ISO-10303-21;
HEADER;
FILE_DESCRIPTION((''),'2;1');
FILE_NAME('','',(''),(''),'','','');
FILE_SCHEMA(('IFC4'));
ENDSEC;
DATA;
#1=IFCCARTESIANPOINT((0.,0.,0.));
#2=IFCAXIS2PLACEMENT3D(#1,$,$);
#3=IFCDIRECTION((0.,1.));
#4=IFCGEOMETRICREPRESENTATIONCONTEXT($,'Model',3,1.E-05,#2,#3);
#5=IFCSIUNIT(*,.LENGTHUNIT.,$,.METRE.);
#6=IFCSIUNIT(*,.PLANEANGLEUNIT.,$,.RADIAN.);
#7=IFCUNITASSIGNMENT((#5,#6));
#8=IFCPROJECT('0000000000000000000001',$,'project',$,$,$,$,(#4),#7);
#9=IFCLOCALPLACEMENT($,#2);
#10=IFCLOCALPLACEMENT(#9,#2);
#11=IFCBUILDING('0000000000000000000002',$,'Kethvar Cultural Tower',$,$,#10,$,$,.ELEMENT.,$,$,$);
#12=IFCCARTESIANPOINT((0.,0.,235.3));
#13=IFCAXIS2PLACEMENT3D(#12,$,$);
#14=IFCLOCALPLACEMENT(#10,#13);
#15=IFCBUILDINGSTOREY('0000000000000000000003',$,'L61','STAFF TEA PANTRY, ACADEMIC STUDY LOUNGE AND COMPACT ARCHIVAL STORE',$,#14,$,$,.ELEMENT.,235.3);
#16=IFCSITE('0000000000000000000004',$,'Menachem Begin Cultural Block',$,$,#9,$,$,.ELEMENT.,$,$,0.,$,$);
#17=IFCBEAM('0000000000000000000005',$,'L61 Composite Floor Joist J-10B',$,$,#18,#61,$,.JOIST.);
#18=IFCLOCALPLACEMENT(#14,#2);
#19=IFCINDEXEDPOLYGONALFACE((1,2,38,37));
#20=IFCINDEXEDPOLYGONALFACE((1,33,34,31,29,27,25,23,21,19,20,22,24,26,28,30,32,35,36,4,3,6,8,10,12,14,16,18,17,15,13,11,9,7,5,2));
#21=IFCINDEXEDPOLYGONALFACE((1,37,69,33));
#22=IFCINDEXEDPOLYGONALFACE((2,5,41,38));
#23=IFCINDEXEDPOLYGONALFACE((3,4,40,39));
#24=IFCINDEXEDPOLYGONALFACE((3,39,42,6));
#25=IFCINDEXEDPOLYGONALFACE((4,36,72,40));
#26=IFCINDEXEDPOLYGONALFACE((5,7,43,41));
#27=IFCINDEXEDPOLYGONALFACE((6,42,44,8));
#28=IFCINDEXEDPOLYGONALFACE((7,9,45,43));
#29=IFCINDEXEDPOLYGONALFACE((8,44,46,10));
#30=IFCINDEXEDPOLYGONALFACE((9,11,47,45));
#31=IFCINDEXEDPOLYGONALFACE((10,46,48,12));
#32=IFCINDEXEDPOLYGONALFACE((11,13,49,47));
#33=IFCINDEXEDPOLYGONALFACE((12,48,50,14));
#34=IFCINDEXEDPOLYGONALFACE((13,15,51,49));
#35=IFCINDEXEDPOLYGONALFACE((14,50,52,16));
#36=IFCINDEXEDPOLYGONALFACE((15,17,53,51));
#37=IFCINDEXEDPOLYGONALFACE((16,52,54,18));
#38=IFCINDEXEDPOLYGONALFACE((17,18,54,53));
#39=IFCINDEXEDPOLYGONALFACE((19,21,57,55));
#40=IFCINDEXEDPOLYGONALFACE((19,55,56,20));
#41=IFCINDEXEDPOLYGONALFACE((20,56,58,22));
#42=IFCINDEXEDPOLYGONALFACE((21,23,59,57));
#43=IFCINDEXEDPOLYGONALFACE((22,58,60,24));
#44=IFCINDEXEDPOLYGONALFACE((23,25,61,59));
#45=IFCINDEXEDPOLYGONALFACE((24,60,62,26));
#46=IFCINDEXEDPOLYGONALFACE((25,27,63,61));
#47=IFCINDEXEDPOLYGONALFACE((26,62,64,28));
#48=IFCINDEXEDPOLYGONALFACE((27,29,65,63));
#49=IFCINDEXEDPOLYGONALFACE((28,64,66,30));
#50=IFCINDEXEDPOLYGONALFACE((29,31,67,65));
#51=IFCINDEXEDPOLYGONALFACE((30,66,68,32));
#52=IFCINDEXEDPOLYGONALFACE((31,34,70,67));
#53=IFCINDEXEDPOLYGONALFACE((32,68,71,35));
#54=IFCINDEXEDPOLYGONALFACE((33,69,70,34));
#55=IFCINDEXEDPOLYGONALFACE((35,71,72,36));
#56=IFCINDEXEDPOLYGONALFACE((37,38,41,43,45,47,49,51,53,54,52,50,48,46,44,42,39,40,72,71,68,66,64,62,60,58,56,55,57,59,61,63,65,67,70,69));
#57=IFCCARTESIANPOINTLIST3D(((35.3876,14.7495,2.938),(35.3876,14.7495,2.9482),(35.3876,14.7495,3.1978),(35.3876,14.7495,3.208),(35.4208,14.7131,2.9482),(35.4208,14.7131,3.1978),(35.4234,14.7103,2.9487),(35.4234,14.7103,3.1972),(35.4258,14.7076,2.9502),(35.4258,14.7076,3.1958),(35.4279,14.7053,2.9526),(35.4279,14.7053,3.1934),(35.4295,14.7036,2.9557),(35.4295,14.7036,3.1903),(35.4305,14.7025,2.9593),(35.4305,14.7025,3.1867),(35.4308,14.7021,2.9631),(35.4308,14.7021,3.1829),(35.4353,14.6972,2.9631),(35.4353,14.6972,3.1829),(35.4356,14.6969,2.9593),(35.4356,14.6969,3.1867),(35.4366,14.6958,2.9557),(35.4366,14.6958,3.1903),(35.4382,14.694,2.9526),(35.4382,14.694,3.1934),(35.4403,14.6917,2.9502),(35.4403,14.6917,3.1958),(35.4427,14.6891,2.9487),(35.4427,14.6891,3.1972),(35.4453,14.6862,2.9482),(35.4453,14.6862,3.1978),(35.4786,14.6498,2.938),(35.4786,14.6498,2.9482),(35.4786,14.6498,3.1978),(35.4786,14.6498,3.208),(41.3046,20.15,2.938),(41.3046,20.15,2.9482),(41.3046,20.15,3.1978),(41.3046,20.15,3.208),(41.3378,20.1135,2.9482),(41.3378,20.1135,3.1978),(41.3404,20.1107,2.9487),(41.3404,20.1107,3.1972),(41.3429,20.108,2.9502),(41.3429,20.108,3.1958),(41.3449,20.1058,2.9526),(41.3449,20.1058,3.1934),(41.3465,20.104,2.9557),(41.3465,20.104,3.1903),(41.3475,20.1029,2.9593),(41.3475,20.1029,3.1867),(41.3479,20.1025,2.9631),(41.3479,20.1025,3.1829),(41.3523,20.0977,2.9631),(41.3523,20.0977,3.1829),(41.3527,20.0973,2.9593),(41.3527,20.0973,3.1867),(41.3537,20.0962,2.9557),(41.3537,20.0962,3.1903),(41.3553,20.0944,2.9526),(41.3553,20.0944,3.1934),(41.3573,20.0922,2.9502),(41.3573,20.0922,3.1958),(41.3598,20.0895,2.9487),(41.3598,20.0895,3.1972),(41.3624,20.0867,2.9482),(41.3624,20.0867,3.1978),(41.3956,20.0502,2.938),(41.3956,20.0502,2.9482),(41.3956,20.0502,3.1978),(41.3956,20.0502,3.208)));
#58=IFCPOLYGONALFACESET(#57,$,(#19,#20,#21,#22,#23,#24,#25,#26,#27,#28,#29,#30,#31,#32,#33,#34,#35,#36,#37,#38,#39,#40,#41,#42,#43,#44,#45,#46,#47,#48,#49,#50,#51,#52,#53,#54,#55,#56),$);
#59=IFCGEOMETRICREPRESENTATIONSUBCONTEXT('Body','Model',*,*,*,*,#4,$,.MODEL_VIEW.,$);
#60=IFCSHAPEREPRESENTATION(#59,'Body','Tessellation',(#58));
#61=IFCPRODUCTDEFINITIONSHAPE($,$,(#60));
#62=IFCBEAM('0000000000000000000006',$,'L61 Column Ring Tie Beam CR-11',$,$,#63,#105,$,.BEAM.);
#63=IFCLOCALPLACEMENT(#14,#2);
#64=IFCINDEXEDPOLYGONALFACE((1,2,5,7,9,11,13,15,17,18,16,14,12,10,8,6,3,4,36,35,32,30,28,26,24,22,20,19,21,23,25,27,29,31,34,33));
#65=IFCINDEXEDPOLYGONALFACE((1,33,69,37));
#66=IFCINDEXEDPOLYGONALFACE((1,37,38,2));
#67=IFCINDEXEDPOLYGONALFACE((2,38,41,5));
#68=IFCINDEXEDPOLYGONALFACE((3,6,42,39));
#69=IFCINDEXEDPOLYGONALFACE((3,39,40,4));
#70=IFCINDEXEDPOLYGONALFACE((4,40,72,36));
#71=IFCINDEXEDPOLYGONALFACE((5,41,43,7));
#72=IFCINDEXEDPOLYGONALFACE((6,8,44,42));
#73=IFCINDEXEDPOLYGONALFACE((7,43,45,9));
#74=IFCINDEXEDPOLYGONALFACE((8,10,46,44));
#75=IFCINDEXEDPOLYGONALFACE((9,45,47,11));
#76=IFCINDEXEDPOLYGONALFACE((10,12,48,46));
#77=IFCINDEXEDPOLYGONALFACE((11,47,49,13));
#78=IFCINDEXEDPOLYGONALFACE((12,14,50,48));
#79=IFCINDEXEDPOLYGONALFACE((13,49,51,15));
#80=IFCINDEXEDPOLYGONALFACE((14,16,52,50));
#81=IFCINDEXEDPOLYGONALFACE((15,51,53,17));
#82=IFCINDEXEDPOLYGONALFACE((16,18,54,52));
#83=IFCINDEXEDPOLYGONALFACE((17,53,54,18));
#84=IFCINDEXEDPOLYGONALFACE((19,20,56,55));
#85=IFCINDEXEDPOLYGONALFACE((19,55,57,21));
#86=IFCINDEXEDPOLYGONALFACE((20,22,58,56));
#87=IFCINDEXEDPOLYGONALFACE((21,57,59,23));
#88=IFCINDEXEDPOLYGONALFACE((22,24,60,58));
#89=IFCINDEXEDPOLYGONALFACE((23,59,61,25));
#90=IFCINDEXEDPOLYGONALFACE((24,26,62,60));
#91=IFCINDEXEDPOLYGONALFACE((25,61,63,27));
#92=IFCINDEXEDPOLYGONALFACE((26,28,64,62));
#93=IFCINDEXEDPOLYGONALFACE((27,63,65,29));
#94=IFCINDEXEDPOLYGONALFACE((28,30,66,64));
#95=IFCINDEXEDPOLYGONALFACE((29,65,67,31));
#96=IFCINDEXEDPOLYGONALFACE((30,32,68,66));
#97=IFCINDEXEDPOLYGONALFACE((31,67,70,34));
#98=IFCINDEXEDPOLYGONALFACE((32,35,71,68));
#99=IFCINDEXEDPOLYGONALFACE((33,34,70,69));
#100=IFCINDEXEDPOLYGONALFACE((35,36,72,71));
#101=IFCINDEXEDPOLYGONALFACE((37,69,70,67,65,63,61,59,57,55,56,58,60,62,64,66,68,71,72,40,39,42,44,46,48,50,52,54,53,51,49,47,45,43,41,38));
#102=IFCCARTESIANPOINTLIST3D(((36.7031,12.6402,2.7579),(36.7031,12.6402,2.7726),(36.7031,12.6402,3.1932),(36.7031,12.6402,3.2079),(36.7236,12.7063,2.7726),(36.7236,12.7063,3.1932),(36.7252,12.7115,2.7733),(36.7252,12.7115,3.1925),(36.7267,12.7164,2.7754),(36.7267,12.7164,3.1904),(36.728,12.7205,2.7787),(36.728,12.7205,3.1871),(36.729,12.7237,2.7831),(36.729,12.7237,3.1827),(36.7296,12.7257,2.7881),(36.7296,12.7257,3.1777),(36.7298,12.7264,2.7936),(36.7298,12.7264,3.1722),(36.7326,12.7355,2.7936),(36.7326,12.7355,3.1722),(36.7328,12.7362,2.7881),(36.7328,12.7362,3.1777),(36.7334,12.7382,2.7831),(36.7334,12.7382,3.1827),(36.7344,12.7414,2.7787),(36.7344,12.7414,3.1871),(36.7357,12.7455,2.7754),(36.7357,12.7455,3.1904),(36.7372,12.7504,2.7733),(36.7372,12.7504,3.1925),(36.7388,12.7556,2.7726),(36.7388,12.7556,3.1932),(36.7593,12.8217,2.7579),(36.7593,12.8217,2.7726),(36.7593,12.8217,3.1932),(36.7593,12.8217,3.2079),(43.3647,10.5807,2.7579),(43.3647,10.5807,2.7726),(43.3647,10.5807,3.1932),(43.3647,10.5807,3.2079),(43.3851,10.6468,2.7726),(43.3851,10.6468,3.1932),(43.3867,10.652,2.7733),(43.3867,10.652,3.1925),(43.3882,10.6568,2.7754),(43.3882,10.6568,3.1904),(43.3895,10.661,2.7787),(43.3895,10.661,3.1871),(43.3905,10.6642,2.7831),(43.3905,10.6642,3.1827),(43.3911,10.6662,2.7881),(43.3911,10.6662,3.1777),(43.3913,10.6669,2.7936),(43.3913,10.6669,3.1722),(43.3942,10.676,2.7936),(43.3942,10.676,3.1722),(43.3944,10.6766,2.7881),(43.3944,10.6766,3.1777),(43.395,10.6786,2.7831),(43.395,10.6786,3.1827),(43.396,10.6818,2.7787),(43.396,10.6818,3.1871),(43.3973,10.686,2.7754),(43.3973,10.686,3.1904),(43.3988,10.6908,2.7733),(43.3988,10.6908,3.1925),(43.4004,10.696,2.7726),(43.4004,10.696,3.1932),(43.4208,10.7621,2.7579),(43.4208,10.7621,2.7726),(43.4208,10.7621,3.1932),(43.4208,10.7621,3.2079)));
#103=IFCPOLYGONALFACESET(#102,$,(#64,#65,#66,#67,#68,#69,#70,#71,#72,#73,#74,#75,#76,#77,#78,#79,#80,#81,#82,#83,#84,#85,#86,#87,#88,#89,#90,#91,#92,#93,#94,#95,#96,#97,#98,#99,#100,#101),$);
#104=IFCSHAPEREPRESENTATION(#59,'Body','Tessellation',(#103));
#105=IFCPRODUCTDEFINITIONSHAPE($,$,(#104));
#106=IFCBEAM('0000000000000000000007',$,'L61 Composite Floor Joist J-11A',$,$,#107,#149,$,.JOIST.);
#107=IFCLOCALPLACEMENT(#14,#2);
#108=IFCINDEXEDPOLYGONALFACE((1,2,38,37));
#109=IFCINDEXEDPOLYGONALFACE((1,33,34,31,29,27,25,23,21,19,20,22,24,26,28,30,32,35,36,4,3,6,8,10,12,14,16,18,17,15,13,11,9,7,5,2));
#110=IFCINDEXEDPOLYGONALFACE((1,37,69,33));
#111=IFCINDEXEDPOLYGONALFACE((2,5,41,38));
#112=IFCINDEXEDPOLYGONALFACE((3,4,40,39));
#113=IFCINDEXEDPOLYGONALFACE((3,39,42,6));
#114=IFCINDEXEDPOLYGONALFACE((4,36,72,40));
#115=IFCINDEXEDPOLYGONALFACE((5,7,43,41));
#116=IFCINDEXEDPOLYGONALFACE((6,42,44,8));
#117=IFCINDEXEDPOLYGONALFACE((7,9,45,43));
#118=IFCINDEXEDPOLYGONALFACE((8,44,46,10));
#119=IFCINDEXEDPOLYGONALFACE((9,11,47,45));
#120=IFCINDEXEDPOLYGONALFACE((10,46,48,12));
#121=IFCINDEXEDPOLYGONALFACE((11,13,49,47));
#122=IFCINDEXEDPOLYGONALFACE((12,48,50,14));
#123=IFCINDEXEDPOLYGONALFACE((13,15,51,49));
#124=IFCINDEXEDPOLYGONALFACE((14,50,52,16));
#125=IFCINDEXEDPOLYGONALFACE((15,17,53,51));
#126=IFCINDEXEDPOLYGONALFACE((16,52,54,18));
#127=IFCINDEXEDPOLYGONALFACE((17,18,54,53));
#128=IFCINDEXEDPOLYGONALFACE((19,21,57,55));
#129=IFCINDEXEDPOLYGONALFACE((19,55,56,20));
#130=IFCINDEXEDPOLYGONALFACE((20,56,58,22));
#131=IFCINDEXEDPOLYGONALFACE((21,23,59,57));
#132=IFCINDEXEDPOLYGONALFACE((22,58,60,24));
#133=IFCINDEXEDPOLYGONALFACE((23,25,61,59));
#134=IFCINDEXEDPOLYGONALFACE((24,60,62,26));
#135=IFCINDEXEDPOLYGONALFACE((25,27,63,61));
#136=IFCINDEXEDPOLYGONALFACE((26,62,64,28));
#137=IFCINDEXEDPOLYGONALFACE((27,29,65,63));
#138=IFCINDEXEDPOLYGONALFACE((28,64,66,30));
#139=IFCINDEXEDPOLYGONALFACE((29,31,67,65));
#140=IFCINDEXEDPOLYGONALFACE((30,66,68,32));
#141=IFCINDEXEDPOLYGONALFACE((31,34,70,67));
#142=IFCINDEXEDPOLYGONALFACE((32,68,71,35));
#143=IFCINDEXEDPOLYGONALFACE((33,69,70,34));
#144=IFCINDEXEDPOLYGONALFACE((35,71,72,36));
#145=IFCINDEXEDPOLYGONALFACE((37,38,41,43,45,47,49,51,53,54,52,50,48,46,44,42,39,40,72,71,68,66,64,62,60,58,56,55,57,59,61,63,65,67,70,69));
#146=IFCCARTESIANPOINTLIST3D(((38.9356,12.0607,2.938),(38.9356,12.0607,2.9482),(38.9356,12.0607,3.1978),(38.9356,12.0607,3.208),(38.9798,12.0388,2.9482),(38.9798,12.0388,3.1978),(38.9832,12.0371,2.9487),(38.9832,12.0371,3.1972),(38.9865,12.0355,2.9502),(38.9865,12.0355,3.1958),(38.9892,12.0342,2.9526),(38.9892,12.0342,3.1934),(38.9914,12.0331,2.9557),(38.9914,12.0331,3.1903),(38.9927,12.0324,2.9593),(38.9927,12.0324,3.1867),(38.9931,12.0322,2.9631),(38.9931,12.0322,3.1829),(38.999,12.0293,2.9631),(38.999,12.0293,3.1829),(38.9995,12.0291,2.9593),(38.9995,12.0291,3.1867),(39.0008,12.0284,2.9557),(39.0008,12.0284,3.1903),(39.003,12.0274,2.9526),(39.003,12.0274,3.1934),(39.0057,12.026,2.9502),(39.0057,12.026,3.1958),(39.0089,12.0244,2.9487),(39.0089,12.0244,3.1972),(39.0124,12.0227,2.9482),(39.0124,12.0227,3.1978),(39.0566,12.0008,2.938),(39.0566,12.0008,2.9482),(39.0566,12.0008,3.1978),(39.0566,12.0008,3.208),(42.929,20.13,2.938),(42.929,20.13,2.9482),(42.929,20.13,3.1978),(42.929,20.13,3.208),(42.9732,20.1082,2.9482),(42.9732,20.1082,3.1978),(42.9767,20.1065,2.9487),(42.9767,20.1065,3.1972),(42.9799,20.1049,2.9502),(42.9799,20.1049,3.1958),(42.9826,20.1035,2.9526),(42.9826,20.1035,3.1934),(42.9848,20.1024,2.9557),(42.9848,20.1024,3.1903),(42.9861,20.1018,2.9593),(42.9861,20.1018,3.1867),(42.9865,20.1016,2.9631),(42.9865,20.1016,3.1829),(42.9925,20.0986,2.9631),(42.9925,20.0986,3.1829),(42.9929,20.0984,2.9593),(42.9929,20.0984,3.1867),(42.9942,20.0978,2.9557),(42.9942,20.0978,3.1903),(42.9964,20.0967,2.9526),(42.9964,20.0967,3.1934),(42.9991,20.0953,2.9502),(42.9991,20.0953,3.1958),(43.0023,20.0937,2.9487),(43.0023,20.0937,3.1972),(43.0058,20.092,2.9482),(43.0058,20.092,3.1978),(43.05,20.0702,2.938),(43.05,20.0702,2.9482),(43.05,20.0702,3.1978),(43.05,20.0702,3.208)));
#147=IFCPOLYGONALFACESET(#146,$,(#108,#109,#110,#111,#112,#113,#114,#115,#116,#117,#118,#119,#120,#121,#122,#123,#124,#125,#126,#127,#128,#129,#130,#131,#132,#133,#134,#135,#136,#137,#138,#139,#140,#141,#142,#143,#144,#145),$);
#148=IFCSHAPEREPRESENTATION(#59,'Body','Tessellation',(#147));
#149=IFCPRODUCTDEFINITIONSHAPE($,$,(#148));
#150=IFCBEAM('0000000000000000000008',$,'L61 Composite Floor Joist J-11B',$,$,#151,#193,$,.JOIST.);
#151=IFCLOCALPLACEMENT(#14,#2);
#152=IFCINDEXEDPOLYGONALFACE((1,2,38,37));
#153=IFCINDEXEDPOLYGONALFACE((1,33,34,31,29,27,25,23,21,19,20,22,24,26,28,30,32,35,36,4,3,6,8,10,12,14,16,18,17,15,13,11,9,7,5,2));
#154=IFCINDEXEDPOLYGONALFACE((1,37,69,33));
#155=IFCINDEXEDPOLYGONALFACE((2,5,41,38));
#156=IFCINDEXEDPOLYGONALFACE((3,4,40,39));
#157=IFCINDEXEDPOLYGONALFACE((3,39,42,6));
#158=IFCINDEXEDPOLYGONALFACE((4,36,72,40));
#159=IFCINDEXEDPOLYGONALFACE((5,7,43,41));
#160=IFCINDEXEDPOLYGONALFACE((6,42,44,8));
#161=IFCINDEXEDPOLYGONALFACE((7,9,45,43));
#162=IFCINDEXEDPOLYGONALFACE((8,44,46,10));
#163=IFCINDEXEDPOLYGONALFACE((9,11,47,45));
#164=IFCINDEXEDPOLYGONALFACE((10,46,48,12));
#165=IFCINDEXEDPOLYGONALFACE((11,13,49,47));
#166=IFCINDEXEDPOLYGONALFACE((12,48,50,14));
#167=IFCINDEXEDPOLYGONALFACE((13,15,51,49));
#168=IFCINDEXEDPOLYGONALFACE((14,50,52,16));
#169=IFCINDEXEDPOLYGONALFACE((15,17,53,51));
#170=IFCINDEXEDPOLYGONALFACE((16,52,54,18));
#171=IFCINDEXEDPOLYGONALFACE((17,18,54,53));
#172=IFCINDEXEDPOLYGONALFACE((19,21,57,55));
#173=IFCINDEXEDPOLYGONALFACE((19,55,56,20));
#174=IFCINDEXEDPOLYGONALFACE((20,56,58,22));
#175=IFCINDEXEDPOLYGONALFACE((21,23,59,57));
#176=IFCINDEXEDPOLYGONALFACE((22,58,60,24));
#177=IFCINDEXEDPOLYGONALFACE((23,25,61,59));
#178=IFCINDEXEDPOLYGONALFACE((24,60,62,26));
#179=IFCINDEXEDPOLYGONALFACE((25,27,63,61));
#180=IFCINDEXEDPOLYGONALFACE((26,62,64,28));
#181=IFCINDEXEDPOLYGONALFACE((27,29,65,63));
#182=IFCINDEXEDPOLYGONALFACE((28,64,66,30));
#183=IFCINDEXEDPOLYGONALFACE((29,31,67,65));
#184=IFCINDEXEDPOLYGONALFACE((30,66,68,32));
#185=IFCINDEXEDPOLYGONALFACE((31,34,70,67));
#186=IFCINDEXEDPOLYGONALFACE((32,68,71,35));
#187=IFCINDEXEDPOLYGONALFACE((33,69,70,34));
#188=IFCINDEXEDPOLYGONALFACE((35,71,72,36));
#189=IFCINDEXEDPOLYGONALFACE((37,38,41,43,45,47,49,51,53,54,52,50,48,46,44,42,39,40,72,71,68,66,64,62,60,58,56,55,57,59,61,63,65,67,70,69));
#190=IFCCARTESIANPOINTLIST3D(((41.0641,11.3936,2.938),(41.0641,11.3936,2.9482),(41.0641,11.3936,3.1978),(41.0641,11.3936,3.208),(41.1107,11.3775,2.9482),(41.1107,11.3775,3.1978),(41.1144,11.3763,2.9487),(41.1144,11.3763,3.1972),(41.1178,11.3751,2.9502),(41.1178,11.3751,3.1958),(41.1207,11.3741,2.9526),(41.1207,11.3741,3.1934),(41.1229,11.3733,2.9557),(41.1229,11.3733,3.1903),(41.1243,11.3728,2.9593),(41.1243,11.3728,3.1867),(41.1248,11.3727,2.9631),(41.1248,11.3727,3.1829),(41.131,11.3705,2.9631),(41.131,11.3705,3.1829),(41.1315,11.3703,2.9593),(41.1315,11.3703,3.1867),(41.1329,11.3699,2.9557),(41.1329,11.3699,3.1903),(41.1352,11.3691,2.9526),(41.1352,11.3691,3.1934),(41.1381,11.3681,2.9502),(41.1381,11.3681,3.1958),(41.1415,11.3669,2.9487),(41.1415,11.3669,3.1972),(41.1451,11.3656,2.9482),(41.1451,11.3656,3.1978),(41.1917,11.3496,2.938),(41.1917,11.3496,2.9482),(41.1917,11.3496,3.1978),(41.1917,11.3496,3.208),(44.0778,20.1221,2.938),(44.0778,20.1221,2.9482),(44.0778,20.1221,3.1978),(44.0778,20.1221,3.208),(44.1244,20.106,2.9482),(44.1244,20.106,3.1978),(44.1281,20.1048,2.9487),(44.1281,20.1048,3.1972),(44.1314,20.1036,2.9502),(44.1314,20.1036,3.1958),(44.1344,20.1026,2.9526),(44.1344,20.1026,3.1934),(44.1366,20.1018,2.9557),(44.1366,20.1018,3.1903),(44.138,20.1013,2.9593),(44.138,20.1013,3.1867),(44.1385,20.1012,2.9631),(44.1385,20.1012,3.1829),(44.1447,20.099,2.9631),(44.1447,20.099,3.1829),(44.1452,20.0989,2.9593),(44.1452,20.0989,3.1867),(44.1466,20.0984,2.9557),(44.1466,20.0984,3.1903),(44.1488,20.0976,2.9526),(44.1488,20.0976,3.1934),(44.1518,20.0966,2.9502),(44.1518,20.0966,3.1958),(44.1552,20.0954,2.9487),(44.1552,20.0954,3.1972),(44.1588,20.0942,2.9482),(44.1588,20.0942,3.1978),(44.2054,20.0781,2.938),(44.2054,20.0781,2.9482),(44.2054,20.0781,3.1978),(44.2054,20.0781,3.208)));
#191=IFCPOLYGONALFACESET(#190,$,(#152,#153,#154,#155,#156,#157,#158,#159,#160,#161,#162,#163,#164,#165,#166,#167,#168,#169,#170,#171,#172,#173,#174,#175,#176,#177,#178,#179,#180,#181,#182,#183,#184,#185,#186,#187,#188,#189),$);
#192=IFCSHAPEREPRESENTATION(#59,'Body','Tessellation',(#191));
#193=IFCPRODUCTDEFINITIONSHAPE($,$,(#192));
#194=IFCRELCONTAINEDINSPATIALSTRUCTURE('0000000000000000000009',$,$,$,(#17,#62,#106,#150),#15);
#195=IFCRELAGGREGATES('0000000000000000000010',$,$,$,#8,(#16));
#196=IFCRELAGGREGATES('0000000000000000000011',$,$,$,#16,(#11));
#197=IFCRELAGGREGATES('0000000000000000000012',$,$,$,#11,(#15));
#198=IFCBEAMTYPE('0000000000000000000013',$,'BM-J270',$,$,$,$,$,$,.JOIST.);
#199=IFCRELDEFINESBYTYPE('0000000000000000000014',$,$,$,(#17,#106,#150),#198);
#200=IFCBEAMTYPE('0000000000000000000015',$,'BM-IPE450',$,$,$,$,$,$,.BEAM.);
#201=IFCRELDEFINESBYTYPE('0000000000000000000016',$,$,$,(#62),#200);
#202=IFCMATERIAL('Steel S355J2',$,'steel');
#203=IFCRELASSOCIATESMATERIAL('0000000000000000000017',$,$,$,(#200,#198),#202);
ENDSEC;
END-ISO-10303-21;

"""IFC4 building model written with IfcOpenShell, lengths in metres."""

from ifc_helpers import new_model, si_unit, direction, frame, origin, origin_2d, place, context, subcontext, project, spatial, i_section, extrude, source, transform, mapped, material, material_profile, profile_set, type_object, element, save


model = new_model("IFC4")

# Units and contexts
model_context = context("Model", 3, precision=1e-05, world=origin(), true_north=direction((0.0, 1.0)))
body_context = subcontext(model_context, "Body", "Model", "MODEL_VIEW")
ifc_project = project(units=[si_unit("LENGTHUNIT", "METRE"), si_unit("PLANEANGLEUNIT", "RADIAN")], contexts=[model_context])

# Site, building, storey
site_placement = place(None, origin())
site = spatial("IfcSite", under=ifc_project, at=site_placement, Name="Menachem Begin Cultural Block", CompositionType="ELEMENT", RefElevation=0.0)
building_placement = place(site_placement, origin())
building = spatial("IfcBuilding", under=site, at=building_placement, Name="Kethvar Cultural Tower", CompositionType="ELEMENT")
storey_placement = place(building_placement, frame((0.0, 0.0, 235.3)))
storey = spatial("IfcBuildingStorey", under=building, at=storey_placement, Name="L61", Description="STAFF TEA PANTRY, ACADEMIC STUDY LOUNGE AND COMPACT ARCHIVAL STORE", CompositionType="ELEMENT", Elevation=235.3)

# Beams
ifc_material_1 = material(Name="Steel S355J2", Category="steel")
ifc_material_profile_1 = material_profile(ifc_material_1, i_section(OverallWidth=0.1899, OverallDepth=0.45, WebThickness=0.0095, FlangeThickness=0.0146, FilletRadius=0.021, at=origin_2d()), Name="Steel S355J2 — IPE450")
ifc_profile_set_1 = profile_set([ifc_material_profile_1], Name="Steel S355J2 — IPE450")
beam_type_1 = type_object("IfcBeamType", Name="BM-IPE450", PredefinedType="BEAM", material=ifc_profile_set_1)
ifc_material_profile_2 = material_profile(ifc_material_1, i_section(OverallWidth=0.135, OverallDepth=0.27, WebThickness=0.0066, FlangeThickness=0.0103, FilletRadius=0.0149, at=origin_2d()), Name="Steel S355J2 — IPE270")
ifc_profile_set_2 = profile_set([ifc_material_profile_2], Name="Steel S355J2 — IPE270")
beam_type_2 = type_object("IfcBeamType", Name="BM-J270", PredefinedType="JOIST", material=ifc_profile_set_2)
shared_shape_1 = source(origin(), body_context, "Body", "SweptSolid", [
    extrude(i_section(OverallWidth=0.135, OverallDepth=0.27, WebThickness=0.0066, FlangeThickness=0.0103, FilletRadius=0.0149, at=origin_2d()), origin(), (0.0, 0.0, 1.0), 8.011),
])
beam_1_placement = place(storey_placement, frame((41.3501, 20.1001, 3.073), z_axis=(-0.738615, -0.674128, 0.0), x_axis=(0.674128, -0.738615, 0.0)))
element("IfcBeam", 1, at=beam_1_placement, inside=storey, type_object=beam_type_2, Name="L61 Composite Floor Joist J-10B", PredefinedType="JOIST", context=body_context, shape_type="MappedRepresentation", body=[
    mapped(shared_shape_1, transform((0.0, 0.0, 0.0), scale=1.0)),
])
shared_shape_2 = source(origin(), body_context, "Body", "SweptSolid", [
    extrude(i_section(OverallWidth=0.1899, OverallDepth=0.45, WebThickness=0.0095, FlangeThickness=0.0146, FilletRadius=0.021, at=origin_2d()), origin(), (0.0, 0.0, 1.0), 6.9727),
])
beam_2_placement = place(storey_placement, frame((36.7312, 12.731, 2.9829), z_axis=(0.955381, -0.295375, 0.0), x_axis=(0.295375, 0.955381, 0.0)))
element("IfcBeam", 2, at=beam_2_placement, inside=storey, type_object=beam_type_1, Name="L61 Column Ring Tie Beam CR-11", PredefinedType="BEAM", context=body_context, shape_type="MappedRepresentation", body=[
    mapped(shared_shape_2, transform((0.0, 0.0, 0.0), scale=1.0)),
])
shared_shape_3 = source(origin(), body_context, "Body", "SweptSolid", [
    extrude(i_section(OverallWidth=0.135, OverallDepth=0.27, WebThickness=0.0066, FlangeThickness=0.0103, FilletRadius=0.0149, at=origin_2d()), origin(), (0.0, 0.0, 1.0), 9.0034),
])
beam_3_placement = place(storey_placement, frame((42.9895, 20.1001, 3.073), z_axis=(-0.443544, -0.896253, 0.0), x_axis=(0.896253, -0.443544, 0.0)))
element("IfcBeam", 3, at=beam_3_placement, inside=storey, type_object=beam_type_2, Name="L61 Composite Floor Joist J-11A", PredefinedType="JOIST", context=body_context, shape_type="MappedRepresentation", body=[
    mapped(shared_shape_3, transform((0.0, 0.0, 0.0), scale=1.0)),
])
shared_shape_4 = source(origin(), body_context, "Body", "SweptSolid", [
    extrude(i_section(OverallWidth=0.135, OverallDepth=0.27, WebThickness=0.0066, FlangeThickness=0.0103, FilletRadius=0.0149, at=origin_2d()), origin(), (0.0, 0.0, 1.0), 9.2341),
])
beam_4_placement = place(storey_placement, frame((44.1416, 20.1001, 3.073), z_axis=(-0.326362, -0.945245, 0.0), x_axis=(0.945245, -0.326362, 0.0)))
element("IfcBeam", 4, at=beam_4_placement, inside=storey, type_object=beam_type_2, Name="L61 Composite Floor Joist J-11B", PredefinedType="JOIST", context=body_context, shape_type="MappedRepresentation", body=[
    mapped(shared_shape_4, transform((0.0, 0.0, 0.0), scale=1.0)),
])

save(model, "model.ifc")
